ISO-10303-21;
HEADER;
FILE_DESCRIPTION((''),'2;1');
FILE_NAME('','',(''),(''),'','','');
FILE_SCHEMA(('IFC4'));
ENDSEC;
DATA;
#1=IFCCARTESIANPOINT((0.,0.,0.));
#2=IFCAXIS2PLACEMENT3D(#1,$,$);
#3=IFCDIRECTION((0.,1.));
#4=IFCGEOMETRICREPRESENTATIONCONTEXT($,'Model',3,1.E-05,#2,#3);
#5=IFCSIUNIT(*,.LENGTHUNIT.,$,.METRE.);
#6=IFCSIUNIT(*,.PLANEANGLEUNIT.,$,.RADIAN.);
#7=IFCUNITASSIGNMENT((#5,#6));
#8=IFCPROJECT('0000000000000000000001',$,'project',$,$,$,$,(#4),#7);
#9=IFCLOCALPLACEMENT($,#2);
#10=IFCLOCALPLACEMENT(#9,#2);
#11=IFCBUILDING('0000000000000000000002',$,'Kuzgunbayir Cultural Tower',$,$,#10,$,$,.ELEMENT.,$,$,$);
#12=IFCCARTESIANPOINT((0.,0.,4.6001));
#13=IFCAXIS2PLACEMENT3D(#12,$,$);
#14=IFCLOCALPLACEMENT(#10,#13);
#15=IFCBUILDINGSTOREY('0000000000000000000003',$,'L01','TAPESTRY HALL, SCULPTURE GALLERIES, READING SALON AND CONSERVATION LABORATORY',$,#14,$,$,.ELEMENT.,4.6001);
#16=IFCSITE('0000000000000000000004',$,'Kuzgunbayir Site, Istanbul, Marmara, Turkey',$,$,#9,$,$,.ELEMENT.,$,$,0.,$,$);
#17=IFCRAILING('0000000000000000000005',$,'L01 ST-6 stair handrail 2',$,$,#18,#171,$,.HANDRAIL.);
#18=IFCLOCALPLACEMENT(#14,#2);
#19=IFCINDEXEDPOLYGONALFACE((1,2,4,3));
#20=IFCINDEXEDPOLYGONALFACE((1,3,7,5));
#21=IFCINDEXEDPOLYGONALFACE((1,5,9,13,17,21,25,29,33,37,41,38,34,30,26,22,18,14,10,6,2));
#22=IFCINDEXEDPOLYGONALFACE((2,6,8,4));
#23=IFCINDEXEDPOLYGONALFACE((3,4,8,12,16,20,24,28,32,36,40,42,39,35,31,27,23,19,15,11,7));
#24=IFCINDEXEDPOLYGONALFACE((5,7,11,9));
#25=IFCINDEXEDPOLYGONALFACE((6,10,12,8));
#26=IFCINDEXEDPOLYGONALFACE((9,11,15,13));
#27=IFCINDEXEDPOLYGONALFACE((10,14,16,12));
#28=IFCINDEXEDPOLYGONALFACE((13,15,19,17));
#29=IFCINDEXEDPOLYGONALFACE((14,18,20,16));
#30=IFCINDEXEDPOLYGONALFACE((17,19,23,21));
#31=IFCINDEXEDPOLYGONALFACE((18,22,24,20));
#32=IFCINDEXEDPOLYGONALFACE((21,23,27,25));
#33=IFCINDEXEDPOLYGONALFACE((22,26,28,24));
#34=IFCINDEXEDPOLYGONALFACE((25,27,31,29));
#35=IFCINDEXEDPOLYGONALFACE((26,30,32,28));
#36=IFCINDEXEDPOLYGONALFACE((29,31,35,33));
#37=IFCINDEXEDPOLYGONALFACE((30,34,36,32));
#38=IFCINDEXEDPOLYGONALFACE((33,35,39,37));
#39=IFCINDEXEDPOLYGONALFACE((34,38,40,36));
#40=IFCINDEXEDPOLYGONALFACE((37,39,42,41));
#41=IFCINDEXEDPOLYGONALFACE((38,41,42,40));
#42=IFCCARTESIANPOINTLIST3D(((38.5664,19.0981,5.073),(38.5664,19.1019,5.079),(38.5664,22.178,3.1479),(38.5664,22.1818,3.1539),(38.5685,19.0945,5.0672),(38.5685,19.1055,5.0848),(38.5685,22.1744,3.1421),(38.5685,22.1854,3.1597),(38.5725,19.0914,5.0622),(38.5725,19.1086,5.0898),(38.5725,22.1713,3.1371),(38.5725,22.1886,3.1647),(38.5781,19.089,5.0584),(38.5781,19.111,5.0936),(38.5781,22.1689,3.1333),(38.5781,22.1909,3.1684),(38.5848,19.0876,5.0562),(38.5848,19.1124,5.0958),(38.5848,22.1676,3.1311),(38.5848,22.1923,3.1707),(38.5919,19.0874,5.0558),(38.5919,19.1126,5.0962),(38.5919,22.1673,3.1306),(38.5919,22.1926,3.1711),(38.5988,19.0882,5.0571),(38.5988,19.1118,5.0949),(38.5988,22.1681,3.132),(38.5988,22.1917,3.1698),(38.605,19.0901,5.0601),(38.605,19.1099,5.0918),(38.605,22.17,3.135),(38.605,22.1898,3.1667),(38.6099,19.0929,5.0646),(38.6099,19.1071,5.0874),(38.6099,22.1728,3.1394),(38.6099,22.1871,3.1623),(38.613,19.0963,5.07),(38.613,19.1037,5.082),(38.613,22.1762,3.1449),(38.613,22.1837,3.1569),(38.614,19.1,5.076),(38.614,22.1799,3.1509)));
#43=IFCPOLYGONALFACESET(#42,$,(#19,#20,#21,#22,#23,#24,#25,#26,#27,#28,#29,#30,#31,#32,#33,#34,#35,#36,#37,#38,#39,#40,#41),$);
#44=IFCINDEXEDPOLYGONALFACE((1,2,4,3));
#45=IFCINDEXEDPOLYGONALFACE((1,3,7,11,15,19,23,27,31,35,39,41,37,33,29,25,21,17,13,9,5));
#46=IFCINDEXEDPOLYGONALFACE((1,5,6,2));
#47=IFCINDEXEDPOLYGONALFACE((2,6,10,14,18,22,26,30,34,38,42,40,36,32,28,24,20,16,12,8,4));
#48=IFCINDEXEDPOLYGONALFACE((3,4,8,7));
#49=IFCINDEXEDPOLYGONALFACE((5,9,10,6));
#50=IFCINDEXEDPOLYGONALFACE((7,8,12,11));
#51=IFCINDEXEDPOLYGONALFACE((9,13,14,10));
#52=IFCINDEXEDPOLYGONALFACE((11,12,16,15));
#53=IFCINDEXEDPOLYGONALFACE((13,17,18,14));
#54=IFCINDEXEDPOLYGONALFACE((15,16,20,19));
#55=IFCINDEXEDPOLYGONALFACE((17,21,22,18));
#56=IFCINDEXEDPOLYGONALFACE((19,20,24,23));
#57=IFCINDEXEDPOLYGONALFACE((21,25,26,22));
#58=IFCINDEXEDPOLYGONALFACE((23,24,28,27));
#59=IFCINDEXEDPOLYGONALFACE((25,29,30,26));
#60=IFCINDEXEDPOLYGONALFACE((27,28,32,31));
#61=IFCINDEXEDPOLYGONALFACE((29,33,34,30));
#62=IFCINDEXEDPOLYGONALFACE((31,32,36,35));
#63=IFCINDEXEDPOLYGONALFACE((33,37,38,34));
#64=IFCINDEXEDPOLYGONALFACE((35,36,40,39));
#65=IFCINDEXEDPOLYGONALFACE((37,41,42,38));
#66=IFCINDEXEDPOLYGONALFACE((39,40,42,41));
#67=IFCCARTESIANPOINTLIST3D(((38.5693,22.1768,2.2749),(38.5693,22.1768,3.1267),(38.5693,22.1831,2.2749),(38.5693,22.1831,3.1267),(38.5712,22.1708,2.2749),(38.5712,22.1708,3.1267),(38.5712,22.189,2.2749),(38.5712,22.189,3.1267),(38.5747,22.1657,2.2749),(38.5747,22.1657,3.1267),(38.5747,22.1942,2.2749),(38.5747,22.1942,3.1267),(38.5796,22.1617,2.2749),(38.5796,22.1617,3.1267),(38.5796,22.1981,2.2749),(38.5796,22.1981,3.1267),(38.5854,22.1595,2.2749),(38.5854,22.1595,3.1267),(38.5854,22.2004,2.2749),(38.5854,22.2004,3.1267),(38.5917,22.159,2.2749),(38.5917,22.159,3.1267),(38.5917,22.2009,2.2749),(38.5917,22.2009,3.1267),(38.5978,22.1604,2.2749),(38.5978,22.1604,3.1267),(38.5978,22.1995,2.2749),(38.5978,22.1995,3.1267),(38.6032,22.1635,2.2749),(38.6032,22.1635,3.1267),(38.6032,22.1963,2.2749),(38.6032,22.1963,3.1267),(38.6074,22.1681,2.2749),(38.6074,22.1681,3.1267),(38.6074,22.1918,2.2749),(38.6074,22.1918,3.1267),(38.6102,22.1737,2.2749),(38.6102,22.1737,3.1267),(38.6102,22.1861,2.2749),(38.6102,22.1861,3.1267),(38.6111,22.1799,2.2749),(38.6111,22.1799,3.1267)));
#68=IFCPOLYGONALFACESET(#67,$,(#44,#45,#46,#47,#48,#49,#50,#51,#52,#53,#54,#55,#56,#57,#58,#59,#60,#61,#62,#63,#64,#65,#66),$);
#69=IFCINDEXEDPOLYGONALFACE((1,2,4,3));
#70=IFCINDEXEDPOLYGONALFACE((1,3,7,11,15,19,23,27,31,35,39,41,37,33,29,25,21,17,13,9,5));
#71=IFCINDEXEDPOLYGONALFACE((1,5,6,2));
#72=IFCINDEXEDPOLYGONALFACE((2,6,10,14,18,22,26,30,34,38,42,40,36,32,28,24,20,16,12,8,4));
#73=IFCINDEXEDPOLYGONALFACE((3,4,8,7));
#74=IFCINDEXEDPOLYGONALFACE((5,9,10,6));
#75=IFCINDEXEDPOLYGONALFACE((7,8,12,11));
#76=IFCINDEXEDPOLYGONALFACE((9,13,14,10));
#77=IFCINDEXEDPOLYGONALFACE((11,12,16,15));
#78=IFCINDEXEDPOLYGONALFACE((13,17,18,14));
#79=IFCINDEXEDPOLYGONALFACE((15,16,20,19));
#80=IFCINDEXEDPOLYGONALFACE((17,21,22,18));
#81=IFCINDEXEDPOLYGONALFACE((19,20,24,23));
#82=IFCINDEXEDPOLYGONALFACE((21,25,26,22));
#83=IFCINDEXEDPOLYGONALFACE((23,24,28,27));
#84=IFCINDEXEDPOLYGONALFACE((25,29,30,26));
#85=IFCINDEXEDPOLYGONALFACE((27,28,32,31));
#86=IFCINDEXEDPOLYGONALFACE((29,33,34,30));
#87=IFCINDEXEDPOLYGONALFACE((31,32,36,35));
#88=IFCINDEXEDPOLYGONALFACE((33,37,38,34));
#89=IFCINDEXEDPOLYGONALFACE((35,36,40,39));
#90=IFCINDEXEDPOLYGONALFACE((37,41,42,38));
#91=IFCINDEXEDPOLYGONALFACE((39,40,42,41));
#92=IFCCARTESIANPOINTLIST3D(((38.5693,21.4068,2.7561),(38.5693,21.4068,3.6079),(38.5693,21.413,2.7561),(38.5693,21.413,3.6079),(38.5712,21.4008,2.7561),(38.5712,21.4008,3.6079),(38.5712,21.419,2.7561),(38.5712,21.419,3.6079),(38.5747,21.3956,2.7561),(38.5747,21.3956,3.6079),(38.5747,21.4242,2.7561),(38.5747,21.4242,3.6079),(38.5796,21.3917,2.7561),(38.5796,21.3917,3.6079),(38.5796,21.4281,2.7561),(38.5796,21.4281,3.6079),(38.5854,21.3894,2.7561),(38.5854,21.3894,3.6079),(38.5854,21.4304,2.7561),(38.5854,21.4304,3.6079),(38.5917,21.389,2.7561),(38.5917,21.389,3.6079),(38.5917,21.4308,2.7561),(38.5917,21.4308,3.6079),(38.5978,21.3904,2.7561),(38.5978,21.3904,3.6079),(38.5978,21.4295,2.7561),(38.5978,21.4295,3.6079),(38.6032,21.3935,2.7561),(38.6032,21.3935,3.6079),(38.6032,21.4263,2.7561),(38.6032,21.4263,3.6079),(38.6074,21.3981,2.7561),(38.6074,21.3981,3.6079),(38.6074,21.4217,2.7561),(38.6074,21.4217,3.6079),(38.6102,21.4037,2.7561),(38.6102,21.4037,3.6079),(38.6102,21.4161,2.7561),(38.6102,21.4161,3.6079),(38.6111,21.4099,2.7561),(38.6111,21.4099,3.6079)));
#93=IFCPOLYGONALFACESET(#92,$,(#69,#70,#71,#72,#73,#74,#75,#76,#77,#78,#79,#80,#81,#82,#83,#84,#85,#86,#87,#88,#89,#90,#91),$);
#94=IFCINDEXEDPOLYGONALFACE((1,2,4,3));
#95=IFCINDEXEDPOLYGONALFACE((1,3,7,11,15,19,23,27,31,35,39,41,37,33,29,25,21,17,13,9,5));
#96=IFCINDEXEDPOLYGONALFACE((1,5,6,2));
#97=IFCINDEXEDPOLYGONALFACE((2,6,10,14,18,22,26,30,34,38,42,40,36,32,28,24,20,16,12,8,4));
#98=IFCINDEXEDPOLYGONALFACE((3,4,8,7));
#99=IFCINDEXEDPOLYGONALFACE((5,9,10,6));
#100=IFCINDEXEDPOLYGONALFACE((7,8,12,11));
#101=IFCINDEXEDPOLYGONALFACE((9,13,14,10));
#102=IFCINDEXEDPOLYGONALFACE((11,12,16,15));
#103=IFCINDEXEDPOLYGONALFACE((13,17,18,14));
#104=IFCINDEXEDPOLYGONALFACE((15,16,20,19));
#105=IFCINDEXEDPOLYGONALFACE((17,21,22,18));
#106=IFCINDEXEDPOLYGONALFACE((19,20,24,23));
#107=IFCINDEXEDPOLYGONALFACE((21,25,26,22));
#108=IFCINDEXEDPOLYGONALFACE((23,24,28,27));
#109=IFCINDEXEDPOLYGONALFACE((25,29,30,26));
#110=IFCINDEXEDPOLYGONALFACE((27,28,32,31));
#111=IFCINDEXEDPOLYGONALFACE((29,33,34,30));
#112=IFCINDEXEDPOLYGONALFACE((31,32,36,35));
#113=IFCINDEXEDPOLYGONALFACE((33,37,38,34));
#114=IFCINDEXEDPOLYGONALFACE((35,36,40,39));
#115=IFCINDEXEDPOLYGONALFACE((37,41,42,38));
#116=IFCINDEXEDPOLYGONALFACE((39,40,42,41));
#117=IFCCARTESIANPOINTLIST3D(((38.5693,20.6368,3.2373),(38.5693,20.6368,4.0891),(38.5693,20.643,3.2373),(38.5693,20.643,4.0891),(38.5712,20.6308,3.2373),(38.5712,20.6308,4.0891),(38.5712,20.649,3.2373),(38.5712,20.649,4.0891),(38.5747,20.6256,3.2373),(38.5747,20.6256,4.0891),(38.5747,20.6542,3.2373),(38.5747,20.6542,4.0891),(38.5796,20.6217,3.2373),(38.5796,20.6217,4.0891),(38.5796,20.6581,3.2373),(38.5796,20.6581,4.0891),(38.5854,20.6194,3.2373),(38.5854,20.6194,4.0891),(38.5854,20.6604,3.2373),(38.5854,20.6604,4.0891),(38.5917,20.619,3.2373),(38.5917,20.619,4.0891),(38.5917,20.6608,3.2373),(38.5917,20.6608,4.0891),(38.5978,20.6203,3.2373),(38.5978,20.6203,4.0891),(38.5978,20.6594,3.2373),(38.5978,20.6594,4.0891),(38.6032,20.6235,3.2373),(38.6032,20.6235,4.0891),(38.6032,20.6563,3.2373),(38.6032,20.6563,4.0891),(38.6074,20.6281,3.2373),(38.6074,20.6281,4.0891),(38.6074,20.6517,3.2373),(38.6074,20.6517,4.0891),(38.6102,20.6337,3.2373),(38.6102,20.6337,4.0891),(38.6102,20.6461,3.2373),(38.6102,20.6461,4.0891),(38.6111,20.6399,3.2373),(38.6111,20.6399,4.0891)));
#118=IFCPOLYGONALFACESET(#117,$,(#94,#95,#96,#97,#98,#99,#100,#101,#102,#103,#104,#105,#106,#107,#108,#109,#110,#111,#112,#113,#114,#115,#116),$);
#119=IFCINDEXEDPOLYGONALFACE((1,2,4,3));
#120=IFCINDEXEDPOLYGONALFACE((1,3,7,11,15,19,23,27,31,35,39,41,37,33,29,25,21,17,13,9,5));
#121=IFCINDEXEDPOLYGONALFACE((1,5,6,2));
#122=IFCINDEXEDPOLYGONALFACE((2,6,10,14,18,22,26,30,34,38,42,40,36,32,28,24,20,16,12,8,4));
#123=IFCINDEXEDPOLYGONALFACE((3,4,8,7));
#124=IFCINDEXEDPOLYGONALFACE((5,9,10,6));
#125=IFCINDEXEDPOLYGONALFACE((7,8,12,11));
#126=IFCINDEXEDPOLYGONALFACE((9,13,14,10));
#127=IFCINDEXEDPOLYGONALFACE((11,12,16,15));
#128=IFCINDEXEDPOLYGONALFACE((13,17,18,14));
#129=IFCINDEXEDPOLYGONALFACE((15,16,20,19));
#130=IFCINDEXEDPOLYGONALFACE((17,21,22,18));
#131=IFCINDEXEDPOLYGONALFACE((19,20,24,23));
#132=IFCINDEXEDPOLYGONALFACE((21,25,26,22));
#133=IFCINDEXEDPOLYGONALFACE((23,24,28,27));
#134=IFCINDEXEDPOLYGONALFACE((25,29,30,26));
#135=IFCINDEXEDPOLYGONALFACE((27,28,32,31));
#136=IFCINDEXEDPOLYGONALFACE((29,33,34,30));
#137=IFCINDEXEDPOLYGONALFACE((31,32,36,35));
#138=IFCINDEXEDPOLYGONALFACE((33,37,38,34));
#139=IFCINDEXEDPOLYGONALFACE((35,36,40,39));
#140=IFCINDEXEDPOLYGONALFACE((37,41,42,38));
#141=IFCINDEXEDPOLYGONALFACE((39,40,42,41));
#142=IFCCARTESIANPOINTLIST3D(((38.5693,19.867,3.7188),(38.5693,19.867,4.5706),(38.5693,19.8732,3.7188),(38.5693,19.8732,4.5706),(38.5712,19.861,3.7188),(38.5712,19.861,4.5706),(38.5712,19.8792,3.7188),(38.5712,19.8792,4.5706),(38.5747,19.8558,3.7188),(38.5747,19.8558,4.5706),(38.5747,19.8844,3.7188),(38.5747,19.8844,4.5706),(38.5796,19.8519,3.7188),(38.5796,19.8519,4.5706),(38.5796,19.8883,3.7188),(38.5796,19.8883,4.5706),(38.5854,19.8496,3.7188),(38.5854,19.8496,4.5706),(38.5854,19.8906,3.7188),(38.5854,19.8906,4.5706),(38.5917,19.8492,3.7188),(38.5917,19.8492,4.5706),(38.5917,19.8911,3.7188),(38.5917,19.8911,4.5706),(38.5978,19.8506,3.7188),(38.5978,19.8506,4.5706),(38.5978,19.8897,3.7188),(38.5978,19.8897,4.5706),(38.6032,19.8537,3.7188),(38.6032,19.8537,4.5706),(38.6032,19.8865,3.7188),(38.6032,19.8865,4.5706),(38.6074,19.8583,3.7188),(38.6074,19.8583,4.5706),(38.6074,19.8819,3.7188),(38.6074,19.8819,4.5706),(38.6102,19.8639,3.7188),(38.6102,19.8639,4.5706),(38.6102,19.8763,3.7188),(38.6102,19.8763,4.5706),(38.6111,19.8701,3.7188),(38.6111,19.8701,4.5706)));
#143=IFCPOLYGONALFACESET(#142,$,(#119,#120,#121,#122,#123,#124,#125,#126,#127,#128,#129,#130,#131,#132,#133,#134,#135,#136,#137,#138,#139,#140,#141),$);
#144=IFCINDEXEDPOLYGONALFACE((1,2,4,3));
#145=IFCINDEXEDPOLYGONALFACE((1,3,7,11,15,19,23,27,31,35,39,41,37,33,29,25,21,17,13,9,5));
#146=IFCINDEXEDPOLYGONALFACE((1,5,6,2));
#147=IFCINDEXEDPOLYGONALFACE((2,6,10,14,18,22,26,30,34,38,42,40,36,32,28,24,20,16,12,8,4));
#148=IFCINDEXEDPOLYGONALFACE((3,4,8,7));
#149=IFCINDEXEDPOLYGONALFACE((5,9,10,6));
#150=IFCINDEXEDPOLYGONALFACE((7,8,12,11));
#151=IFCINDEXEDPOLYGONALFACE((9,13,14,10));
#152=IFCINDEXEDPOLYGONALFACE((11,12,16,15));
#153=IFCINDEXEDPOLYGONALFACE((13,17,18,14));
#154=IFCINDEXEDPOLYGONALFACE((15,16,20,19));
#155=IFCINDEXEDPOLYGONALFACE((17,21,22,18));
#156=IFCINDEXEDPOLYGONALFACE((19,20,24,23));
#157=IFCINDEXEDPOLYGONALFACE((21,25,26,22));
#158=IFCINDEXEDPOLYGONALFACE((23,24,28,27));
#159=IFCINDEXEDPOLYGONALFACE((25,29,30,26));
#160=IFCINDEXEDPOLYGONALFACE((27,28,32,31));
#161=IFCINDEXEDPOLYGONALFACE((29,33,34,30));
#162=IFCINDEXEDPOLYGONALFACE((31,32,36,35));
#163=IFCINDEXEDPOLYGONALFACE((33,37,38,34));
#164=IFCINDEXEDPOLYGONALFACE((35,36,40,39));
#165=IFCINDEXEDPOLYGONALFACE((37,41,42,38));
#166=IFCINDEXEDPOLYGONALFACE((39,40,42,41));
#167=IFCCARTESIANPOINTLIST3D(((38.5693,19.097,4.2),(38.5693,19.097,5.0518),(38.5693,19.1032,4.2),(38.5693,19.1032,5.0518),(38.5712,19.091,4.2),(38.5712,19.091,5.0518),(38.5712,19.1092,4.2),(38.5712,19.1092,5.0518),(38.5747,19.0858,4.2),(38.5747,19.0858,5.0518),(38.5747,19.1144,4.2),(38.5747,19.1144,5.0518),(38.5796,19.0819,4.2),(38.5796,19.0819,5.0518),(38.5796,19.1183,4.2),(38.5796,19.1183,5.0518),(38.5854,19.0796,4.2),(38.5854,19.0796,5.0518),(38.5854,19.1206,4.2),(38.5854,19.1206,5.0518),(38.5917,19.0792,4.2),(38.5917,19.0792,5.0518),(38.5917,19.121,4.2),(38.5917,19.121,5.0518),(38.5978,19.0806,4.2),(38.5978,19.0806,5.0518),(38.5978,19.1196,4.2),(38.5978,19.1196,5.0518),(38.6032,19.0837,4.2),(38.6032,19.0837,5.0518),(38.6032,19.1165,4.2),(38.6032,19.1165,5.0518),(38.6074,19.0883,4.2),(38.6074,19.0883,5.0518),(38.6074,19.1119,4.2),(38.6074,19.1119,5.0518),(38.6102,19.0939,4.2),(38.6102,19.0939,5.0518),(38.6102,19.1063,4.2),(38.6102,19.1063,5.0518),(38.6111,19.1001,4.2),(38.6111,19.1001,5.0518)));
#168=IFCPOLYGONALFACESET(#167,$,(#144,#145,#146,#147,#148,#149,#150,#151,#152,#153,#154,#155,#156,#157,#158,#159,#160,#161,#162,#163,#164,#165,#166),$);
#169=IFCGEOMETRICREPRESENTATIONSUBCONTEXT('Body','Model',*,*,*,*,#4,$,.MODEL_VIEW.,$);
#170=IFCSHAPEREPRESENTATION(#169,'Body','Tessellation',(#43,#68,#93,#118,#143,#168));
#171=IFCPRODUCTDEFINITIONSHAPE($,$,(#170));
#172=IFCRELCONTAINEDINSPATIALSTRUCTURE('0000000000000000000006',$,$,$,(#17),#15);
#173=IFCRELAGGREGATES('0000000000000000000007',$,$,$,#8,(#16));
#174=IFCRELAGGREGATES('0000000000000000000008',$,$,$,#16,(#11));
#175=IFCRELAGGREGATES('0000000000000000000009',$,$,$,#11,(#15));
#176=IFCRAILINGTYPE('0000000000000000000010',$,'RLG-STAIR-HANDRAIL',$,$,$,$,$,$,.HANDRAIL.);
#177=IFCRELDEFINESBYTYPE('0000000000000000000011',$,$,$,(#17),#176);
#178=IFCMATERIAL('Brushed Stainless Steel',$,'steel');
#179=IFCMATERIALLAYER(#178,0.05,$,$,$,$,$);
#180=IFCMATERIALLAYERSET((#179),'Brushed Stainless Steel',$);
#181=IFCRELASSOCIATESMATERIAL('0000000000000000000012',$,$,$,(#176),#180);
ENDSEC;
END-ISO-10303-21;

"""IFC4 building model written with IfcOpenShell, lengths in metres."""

from ifc_helpers import new_model, si_unit, direction, frame, origin, origin_2d, place, context, subcontext, project, spatial, circle, extrude, material, layer, layer_set, type_object, element, save


model = new_model("IFC4")

# Units and contexts
model_context = context("Model", 3, precision=1e-05, world=origin(), true_north=direction((0.0, 1.0)))
body_context = subcontext(model_context, "Body", "Model", "MODEL_VIEW")
ifc_project = project(units=[si_unit("LENGTHUNIT", "METRE"), si_unit("PLANEANGLEUNIT", "RADIAN")], contexts=[model_context])

# Site, building, storey
site_placement = place(None, origin())
site = spatial("IfcSite", under=ifc_project, at=site_placement, Name="Kuzgunbayir Site, Istanbul, Marmara, Turkey", CompositionType="ELEMENT", RefElevation=0.0)
building_placement = place(site_placement, origin())
building = spatial("IfcBuilding", under=site, at=building_placement, Name="Kuzgunbayir Cultural Tower", CompositionType="ELEMENT")
storey_placement = place(building_placement, frame((0.0, 0.0, 4.6001)))
storey = spatial("IfcBuildingStorey", under=building, at=storey_placement, Name="L01", Description="TAPESTRY HALL, SCULPTURE GALLERIES, READING SALON AND CONSERVATION LABORATORY", CompositionType="ELEMENT", Elevation=4.6001)

# Railing
ifc_material_1 = material(Name="Brushed Stainless Steel", Category="steel")
ifc_layer_1 = layer(ifc_material_1, 0.05)
ifc_layer_set_1 = layer_set([ifc_layer_1], Name="Brushed Stainless Steel")
railing_type_1 = type_object("IfcRailingType", Name="RLG-STAIR-HANDRAIL", PredefinedType="HANDRAIL", material=ifc_layer_set_1)
railing_1_placement = place(storey_placement, frame((38.5901, 22.1799, 2.2749)))
element("IfcRailing", 1, at=railing_1_placement, inside=storey, type_object=railing_type_1, Name="L01 ST-6 stair handrail 2", PredefinedType="HANDRAIL", context=body_context, shape_type="SweptSolid", body=[
    extrude(circle(Radius=0.0239, at=origin_2d()), frame((0.0, 0.0, 0.876), z_axis=(0.0, -0.847979, 0.530029), x_axis=(1.0, 0.0, 0.0)), (0.0, 0.0, 1.0), 3.6321),
    extrude(circle(Radius=0.021, at=origin_2d()), origin(), (0.0, 0.0, 1.0), 0.8518),
    extrude(circle(Radius=0.021, at=origin_2d()), frame((0.0, -0.77, 0.4812)), (0.0, 0.0, 1.0), 0.8518),
    extrude(circle(Radius=0.021, at=origin_2d()), frame((0.0, -1.54, 0.9624)), (0.0, 0.0, 1.0), 0.8518),
    extrude(circle(Radius=0.021, at=origin_2d()), frame((0.0, -2.3098, 1.4438)), (0.0, 0.0, 1.0), 0.8518),
    extrude(circle(Radius=0.021, at=origin_2d()), frame((0.0, -3.0798, 1.925)), (0.0, 0.0, 1.0), 0.8518),
])

save(model, "model.ifc")
